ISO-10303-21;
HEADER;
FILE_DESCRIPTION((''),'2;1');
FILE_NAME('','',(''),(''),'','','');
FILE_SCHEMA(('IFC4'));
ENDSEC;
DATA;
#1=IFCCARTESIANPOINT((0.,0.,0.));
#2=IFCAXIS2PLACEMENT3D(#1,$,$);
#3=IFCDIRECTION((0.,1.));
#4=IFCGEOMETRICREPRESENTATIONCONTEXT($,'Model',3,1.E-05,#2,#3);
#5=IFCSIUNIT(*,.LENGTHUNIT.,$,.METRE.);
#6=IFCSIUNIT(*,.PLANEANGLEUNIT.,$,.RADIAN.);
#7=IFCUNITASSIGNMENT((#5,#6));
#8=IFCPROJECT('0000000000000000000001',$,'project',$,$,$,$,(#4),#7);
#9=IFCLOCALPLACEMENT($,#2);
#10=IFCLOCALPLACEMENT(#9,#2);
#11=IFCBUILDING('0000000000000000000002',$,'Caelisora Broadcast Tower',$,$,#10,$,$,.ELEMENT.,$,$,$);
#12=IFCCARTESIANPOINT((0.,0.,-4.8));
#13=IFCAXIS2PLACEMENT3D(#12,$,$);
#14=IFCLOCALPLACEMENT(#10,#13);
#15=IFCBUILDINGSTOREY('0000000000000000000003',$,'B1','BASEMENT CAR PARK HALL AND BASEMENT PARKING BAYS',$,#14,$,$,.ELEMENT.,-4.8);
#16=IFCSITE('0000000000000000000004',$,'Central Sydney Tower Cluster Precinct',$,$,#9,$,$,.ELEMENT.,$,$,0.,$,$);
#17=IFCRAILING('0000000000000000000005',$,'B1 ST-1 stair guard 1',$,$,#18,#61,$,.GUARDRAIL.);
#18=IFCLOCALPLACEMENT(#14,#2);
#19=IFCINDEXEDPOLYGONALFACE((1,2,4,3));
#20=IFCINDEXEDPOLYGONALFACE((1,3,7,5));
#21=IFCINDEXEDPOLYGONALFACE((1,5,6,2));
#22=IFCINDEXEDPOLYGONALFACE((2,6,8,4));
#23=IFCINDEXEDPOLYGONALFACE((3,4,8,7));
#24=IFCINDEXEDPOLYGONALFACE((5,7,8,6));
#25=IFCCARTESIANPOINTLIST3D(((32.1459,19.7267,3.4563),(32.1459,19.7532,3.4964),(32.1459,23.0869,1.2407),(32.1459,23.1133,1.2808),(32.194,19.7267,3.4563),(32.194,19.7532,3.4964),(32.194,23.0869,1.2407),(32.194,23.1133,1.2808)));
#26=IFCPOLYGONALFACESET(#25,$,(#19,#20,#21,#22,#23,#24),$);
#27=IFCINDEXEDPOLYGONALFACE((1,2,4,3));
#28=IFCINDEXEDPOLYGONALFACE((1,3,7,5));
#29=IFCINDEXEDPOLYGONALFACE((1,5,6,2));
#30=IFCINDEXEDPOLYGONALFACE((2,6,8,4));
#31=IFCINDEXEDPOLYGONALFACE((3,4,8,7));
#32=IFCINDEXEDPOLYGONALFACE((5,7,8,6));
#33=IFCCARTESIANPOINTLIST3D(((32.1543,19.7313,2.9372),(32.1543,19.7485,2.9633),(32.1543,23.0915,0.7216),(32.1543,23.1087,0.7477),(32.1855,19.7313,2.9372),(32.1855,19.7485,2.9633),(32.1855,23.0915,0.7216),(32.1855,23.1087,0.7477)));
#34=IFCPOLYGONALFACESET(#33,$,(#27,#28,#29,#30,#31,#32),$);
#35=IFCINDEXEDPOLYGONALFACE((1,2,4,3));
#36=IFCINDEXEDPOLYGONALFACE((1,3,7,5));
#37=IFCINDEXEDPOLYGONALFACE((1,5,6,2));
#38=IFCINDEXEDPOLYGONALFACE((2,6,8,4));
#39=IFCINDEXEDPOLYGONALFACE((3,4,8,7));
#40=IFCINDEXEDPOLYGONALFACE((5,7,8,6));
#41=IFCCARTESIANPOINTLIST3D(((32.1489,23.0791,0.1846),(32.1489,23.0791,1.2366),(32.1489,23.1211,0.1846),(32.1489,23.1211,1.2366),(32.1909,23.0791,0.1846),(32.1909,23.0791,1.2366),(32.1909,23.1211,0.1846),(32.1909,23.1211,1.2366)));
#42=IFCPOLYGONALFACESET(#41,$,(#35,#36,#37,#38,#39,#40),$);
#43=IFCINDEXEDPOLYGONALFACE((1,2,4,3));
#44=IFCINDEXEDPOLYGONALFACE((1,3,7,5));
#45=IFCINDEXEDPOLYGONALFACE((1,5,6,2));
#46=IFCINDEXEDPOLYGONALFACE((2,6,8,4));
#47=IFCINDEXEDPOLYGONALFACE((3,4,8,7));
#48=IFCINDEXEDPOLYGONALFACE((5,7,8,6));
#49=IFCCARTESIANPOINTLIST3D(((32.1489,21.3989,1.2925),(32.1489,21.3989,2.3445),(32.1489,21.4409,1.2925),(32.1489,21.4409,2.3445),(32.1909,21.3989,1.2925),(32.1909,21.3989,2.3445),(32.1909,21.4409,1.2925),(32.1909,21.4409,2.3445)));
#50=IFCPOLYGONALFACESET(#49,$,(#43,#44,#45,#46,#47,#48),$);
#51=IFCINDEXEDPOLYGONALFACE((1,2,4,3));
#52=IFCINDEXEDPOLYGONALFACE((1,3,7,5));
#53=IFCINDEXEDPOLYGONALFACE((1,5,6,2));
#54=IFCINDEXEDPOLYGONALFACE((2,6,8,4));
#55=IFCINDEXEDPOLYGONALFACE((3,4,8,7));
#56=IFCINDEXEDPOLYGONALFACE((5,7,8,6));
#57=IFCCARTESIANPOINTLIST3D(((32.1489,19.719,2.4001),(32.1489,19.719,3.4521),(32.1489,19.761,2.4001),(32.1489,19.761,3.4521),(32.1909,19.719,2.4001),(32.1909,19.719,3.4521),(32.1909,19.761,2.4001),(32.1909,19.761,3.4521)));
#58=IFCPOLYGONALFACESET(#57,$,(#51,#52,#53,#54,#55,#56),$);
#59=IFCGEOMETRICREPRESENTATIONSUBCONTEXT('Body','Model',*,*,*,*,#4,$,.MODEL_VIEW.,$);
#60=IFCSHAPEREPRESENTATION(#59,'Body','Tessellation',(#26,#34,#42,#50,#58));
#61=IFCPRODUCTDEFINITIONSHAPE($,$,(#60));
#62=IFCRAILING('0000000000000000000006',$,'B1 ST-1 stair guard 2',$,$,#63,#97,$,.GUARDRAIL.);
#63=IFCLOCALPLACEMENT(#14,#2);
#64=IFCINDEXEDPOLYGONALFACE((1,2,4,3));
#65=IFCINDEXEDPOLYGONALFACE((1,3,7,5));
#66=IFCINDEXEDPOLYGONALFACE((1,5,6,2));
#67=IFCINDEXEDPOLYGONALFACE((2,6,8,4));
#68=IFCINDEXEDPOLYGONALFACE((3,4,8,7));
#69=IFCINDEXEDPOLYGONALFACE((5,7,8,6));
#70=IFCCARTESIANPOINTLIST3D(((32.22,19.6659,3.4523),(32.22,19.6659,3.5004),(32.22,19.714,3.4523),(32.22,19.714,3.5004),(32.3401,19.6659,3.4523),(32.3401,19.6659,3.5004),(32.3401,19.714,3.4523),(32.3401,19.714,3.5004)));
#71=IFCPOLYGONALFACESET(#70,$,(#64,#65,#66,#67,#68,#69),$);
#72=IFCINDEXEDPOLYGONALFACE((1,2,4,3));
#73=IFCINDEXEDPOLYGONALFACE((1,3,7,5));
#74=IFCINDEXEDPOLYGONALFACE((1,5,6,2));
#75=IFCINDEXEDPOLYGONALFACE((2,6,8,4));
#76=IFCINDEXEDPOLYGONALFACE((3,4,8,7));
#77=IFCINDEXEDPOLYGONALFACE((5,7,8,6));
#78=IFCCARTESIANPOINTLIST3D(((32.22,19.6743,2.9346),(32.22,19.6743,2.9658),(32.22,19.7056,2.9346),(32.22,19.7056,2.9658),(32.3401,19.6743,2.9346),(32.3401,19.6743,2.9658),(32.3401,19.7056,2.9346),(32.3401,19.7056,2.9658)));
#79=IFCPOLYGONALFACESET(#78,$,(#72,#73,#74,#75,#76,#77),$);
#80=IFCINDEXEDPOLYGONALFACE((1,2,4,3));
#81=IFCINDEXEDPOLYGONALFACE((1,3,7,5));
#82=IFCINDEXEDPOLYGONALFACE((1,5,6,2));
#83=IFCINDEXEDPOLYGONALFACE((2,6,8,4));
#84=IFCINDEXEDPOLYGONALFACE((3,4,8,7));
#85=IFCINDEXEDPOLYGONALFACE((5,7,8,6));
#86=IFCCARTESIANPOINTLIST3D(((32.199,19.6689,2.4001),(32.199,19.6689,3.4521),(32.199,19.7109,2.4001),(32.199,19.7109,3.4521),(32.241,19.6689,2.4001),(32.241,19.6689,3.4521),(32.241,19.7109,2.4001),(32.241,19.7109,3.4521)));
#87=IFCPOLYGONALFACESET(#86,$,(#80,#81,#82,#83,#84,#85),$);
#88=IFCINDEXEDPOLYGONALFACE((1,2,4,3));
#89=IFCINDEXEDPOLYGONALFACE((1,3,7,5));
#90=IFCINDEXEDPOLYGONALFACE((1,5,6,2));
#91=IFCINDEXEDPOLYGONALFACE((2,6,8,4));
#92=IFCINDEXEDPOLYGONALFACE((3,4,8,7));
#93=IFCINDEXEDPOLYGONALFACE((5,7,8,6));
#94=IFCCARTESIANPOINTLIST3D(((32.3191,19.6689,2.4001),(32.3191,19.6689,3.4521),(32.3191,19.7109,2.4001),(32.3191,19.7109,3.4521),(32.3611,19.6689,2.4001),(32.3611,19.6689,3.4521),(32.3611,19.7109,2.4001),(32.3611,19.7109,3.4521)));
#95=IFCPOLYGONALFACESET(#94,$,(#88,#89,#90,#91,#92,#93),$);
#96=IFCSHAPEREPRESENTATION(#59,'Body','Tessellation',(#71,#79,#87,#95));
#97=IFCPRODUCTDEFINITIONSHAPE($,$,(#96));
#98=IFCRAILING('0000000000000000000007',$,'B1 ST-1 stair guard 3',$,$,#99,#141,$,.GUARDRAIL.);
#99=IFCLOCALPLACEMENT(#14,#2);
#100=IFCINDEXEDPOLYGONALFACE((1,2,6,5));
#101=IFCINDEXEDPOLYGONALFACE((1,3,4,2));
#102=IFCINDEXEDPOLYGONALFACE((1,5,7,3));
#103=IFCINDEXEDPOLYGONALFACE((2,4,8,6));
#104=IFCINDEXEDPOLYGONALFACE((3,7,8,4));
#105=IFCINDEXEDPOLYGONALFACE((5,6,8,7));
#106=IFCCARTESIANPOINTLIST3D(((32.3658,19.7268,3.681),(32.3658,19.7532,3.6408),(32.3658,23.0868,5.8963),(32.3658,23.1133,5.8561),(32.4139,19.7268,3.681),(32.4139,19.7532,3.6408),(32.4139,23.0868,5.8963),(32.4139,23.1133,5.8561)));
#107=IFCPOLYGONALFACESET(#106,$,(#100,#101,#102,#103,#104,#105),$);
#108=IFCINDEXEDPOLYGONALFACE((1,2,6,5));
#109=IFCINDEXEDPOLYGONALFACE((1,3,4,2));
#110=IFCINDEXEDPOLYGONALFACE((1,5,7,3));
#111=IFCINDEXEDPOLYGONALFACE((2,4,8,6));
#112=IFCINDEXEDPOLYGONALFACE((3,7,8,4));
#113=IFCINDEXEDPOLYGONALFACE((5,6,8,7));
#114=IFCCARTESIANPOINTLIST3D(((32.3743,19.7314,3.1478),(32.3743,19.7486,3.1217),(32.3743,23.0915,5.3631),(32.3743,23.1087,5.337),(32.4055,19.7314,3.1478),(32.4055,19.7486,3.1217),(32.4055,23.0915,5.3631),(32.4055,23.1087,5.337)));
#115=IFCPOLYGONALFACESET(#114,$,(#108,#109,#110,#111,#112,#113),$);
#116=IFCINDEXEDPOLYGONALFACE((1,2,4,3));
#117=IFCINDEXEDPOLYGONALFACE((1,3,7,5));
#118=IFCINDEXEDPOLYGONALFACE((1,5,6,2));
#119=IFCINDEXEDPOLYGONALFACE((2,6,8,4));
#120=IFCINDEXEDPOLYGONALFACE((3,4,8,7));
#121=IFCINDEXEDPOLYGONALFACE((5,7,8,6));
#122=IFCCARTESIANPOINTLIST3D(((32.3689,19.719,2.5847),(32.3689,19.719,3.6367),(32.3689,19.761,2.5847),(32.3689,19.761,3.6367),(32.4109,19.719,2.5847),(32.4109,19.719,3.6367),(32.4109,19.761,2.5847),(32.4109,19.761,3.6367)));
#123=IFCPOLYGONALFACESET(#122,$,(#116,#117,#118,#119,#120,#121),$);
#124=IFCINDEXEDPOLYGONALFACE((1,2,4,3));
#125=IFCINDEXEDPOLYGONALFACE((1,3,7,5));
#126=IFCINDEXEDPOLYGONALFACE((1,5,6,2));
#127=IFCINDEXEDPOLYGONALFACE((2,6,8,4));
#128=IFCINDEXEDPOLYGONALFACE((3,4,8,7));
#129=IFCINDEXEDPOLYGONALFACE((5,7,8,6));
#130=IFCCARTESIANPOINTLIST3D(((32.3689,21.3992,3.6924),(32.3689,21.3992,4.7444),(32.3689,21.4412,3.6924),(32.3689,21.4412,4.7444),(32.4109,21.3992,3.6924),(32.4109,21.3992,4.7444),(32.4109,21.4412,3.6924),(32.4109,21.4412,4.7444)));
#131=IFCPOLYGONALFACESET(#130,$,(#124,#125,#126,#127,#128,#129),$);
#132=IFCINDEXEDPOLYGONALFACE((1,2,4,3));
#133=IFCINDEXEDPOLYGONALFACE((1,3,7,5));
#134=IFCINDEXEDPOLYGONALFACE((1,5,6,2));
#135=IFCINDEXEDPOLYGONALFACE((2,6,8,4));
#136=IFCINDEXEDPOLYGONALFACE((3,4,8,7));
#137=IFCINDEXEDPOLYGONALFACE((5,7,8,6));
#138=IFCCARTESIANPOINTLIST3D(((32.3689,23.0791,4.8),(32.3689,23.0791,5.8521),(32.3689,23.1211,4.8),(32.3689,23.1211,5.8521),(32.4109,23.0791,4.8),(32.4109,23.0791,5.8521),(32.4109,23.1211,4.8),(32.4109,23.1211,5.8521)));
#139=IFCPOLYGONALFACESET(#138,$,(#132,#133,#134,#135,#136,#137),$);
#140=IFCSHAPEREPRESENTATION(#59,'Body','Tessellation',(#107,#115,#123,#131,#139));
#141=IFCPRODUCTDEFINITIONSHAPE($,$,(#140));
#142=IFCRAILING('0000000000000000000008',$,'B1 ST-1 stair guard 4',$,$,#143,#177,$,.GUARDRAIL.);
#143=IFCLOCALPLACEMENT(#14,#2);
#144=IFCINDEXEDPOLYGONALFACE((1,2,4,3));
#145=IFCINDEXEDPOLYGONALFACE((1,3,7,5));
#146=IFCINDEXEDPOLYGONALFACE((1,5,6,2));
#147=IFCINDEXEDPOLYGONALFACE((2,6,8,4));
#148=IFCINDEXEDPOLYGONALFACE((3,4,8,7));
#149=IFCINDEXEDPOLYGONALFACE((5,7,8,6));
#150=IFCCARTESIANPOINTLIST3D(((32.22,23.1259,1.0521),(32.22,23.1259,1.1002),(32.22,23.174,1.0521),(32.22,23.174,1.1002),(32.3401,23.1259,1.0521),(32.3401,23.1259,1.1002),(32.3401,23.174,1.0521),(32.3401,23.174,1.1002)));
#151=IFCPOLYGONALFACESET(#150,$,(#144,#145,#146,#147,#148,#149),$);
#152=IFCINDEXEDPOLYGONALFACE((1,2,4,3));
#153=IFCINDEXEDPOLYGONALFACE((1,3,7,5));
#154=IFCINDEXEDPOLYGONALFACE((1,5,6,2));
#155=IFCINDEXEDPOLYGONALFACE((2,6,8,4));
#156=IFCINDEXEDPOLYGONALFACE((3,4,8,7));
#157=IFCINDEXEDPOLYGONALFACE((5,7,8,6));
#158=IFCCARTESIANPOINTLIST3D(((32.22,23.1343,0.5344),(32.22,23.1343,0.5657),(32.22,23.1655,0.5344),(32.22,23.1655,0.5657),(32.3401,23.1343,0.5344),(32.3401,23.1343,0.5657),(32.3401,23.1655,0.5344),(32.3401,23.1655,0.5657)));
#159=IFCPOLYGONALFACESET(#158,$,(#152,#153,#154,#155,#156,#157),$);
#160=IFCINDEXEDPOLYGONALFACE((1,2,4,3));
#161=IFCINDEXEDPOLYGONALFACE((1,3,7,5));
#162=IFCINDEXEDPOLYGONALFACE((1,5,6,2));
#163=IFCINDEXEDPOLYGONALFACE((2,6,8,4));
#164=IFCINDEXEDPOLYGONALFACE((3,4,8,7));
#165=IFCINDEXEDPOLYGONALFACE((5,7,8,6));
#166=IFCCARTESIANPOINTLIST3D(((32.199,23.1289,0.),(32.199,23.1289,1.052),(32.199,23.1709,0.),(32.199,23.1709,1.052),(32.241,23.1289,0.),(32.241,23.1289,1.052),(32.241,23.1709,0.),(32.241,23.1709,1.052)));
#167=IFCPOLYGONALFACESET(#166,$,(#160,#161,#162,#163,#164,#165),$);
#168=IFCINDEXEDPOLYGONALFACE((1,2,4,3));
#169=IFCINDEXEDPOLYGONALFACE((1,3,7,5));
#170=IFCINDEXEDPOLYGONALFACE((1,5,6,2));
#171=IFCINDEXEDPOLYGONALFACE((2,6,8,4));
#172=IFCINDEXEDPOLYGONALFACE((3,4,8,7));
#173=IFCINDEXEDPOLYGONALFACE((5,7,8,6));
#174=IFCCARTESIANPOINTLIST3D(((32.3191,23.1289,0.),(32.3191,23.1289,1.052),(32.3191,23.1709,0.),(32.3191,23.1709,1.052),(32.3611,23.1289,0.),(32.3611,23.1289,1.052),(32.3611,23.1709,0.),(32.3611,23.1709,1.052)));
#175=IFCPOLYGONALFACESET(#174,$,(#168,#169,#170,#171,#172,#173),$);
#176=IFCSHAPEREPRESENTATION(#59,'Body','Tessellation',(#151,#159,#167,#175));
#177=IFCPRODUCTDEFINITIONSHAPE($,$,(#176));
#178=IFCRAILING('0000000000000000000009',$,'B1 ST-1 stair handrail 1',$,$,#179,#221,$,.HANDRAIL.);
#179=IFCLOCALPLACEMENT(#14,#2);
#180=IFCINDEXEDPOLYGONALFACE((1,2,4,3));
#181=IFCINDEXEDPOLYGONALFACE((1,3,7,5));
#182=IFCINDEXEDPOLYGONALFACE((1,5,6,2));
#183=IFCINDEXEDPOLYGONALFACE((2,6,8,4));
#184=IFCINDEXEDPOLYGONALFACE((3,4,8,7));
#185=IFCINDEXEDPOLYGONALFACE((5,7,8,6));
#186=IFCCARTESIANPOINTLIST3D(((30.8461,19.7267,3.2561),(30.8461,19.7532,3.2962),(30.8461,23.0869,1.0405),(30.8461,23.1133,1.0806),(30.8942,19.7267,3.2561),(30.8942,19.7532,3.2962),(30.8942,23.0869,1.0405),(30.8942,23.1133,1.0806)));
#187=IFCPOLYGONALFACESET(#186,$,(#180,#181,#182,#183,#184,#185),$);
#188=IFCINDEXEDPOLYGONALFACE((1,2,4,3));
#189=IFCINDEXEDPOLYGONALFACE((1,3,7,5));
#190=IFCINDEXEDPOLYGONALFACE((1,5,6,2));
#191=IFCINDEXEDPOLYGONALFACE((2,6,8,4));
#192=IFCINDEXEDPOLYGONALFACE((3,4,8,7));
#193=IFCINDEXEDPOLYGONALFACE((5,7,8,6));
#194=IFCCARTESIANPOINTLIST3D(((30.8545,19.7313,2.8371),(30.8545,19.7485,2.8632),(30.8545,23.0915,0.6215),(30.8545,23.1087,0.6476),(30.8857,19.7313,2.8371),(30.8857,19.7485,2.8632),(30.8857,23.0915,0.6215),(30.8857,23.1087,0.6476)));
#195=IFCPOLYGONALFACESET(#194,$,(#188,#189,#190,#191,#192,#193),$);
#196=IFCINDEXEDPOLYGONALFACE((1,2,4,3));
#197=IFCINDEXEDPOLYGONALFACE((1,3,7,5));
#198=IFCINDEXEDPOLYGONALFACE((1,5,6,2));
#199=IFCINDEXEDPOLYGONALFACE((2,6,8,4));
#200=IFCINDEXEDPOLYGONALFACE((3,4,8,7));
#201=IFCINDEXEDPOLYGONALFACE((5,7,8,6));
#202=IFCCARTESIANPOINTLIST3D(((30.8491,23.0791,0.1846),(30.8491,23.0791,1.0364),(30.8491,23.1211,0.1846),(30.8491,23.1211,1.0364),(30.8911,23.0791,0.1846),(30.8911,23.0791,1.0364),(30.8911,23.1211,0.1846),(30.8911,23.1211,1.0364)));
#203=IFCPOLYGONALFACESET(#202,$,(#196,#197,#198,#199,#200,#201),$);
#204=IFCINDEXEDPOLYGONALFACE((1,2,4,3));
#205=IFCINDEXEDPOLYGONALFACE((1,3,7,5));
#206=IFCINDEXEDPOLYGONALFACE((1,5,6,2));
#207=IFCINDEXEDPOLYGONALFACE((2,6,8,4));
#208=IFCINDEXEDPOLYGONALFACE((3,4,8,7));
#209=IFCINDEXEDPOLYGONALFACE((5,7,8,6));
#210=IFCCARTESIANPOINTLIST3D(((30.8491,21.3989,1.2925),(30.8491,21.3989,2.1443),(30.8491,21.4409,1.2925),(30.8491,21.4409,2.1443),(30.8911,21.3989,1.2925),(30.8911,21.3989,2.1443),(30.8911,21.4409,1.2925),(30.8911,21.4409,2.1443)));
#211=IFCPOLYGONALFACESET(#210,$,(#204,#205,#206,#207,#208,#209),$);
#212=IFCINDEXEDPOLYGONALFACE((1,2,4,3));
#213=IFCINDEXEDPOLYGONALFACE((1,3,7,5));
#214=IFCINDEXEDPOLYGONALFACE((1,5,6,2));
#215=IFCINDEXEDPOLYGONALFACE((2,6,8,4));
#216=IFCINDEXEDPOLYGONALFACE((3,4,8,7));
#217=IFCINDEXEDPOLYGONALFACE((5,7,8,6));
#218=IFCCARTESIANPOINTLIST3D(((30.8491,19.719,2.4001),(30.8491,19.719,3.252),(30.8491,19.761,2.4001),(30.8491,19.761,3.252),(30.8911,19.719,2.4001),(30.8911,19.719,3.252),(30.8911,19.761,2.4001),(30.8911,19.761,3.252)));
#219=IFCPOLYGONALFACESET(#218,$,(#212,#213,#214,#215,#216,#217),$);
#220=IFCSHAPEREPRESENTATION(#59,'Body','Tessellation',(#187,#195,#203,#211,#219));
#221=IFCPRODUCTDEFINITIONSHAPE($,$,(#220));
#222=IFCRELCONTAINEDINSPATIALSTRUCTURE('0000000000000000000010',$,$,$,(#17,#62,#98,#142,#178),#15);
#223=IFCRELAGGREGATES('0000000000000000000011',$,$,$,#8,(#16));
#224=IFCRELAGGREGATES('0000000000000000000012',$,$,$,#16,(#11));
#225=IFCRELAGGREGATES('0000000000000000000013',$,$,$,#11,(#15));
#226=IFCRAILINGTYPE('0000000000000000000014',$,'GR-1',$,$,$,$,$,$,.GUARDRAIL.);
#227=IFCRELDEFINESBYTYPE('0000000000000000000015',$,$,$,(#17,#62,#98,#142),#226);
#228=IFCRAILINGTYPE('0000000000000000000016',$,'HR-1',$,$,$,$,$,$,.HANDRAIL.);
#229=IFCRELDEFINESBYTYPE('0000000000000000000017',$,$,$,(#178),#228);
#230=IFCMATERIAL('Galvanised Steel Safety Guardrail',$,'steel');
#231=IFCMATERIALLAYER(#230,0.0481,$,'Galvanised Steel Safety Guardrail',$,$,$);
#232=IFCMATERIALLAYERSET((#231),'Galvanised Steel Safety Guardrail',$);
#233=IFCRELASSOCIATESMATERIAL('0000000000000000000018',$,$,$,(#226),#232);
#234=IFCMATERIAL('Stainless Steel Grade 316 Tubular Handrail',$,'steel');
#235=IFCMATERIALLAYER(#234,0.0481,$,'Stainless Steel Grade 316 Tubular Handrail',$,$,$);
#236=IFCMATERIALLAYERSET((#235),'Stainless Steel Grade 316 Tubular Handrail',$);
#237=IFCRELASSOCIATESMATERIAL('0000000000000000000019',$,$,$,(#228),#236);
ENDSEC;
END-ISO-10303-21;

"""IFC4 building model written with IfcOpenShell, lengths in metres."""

from ifc_helpers import new_model, si_unit, direction, frame, origin, origin_2d, place, context, subcontext, project, spatial, rectangle, extrude, material, layer, layer_set, type_object, element, save


model = new_model("IFC4")

# Units and contexts
model_context = context("Model", 3, precision=1e-05, world=origin(), true_north=direction((0.0, 1.0)))
body_context = subcontext(model_context, "Body", "Model", "MODEL_VIEW")
ifc_project = project(units=[si_unit("LENGTHUNIT", "METRE"), si_unit("PLANEANGLEUNIT", "RADIAN")], contexts=[model_context])

# Site, building, storey
site_placement = place(None, origin())
site = spatial("IfcSite", under=ifc_project, at=site_placement, Name="Central Sydney Tower Cluster Precinct", CompositionType="ELEMENT", RefElevation=0.0)
building_placement = place(site_placement, origin())
building = spatial("IfcBuilding", under=site, at=building_placement, Name="Caelisora Broadcast Tower", CompositionType="ELEMENT")
storey_placement = place(building_placement, frame((0.0, 0.0, -4.8)))
storey = spatial("IfcBuildingStorey", under=building, at=storey_placement, Name="B1", Description="BASEMENT CAR PARK HALL AND BASEMENT PARKING BAYS", CompositionType="ELEMENT", Elevation=-4.8)

# Railings
ifc_material_1 = material(Name="Galvanised Steel Safety Guardrail", Category="steel")
ifc_layer_1 = layer(ifc_material_1, 0.0481, Name="Galvanised Steel Safety Guardrail")
ifc_layer_set_1 = layer_set([ifc_layer_1], Name="Galvanised Steel Safety Guardrail")
railing_type_1 = type_object("IfcRailingType", Name="GR-1", PredefinedType="GUARDRAIL", material=ifc_layer_set_1)
railing_1_placement = place(storey_placement, frame((32.1699, 23.1001, 0.1846)))
element("IfcRailing", 1, at=railing_1_placement, inside=storey, type_object=railing_type_1, Name="B1 ST-1 stair guard 1", PredefinedType="GUARDRAIL", context=body_context, shape_type="SweptSolid", body=[
    extrude(rectangle(XDim=0.0481, YDim=0.0481, at=origin_2d()), frame((0.0, 0.0, 1.0762), z_axis=(0.0, -0.834849, 0.55048), x_axis=(1.0, 0.0, 0.0)), (0.0, 0.0, 1.0), 4.0249),
    extrude(rectangle(XDim=0.0312, YDim=0.0312, at=origin_2d()), frame((0.0, 0.0, 0.55), z_axis=(0.0, -0.834849, 0.55048), x_axis=(1.0, 0.0, 0.0)), (0.0, 0.0, 1.0), 4.0249),
    extrude(rectangle(XDim=0.042, YDim=0.042, at=origin_2d()), origin(), (0.0, 0.0, 1.0), 1.052),
    extrude(rectangle(XDim=0.042, YDim=0.042, at=origin_2d()), frame((0.0, -1.6802, 1.1079)), (0.0, 0.0, 1.0), 1.052),
    extrude(rectangle(XDim=0.042, YDim=0.042, at=origin_2d()), frame((0.0, -3.3601, 2.2156)), (0.0, 0.0, 1.0), 1.052),
])
railing_2_placement = place(storey_placement, frame((32.22, 19.6899, 2.4001)))
element("IfcRailing", 2, at=railing_2_placement, inside=storey, type_object=railing_type_1, Name="B1 ST-1 stair guard 2", PredefinedType="GUARDRAIL", context=body_context, shape_type="SweptSolid", body=[
    extrude(rectangle(XDim=0.0481, YDim=0.0481, at=origin_2d()), frame((0.0, 0.0, 1.0762), z_axis=(1.0, 0.0, 0.0), x_axis=(0.0, 1.0, 0.0)), (0.0, 0.0, 1.0), 0.1201),
    extrude(rectangle(XDim=0.0312, YDim=0.0312, at=origin_2d()), frame((0.0, 0.0, 0.55), z_axis=(1.0, 0.0, 0.0), x_axis=(0.0, 1.0, 0.0)), (0.0, 0.0, 1.0), 0.1201),
    extrude(rectangle(XDim=0.042, YDim=0.042, at=origin_2d()), origin(), (0.0, 0.0, 1.0), 1.052),
    extrude(rectangle(XDim=0.042, YDim=0.042, at=origin_2d()), frame((0.1201, 0.0, 0.0)), (0.0, 0.0, 1.0), 1.052),
])
railing_3_placement = place(storey_placement, frame((32.3899, 19.74, 2.5847)))
element("IfcRailing", 3, at=railing_3_placement, inside=storey, type_object=railing_type_1, Name="B1 ST-1 stair guard 3", PredefinedType="GUARDRAIL", context=body_context, shape_type="SweptSolid", body=[
    extrude(rectangle(XDim=0.0481, YDim=0.0481, at=origin_2d()), frame((0.0, 0.0, 1.0762), z_axis=(0.0, 0.834876, 0.550437), x_axis=(-1.0, 0.0, 0.0)), (0.0, 0.0, 1.0), 4.0247),
    extrude(rectangle(XDim=0.0312, YDim=0.0312, at=origin_2d()), frame((0.0, 0.0, 0.55), z_axis=(0.0, 0.834876, 0.550437), x_axis=(-1.0, 0.0, 0.0)), (0.0, 0.0, 1.0), 4.0247),
    extrude(rectangle(XDim=0.042, YDim=0.042, at=origin_2d()), origin(), (0.0, 0.0, 1.0), 1.052),
    extrude(rectangle(XDim=0.042, YDim=0.042, at=origin_2d()), frame((0.0, 1.6802, 1.1077)), (0.0, 0.0, 1.0), 1.052),
    extrude(rectangle(XDim=0.042, YDim=0.042, at=origin_2d()), frame((0.0, 3.3601, 2.2153)), (0.0, 0.0, 1.0), 1.052),
])
railing_4_placement = place(storey_placement, frame((32.22, 23.1499, 0.0)))
element("IfcRailing", 4, at=railing_4_placement, inside=storey, type_object=railing_type_1, Name="B1 ST-1 stair guard 4", PredefinedType="GUARDRAIL", context=body_context, shape_type="SweptSolid", body=[
    extrude(rectangle(XDim=0.0481, YDim=0.0481, at=origin_2d()), frame((0.0, 0.0, 1.0762), z_axis=(1.0, 0.0, 0.0), x_axis=(0.0, 1.0, 0.0)), (0.0, 0.0, 1.0), 0.1201),
    extrude(rectangle(XDim=0.0312, YDim=0.0312, at=origin_2d()), frame((0.0, 0.0, 0.55), z_axis=(1.0, 0.0, 0.0), x_axis=(0.0, 1.0, 0.0)), (0.0, 0.0, 1.0), 0.1201),
    extrude(rectangle(XDim=0.042, YDim=0.042, at=origin_2d()), origin(), (0.0, 0.0, 1.0), 1.052),
    extrude(rectangle(XDim=0.042, YDim=0.042, at=origin_2d()), frame((0.1201, 0.0, 0.0)), (0.0, 0.0, 1.0), 1.052),
])
ifc_material_2 = material(Name="Stainless Steel Grade 316 Tubular Handrail", Category="steel")
ifc_layer_2 = layer(ifc_material_2, 0.0481, Name="Stainless Steel Grade 316 Tubular Handrail")
ifc_layer_set_2 = layer_set([ifc_layer_2], Name="Stainless Steel Grade 316 Tubular Handrail")
railing_type_2 = type_object("IfcRailingType", Name="HR-1", PredefinedType="HANDRAIL", material=ifc_layer_set_2)
railing_5_placement = place(storey_placement, frame((30.8701, 23.1001, 0.1846)))
element("IfcRailing", 5, at=railing_5_placement, inside=storey, type_object=railing_type_2, Name="B1 ST-1 stair handrail 1", PredefinedType="HANDRAIL", context=body_context, shape_type="SweptSolid", body=[
    extrude(rectangle(XDim=0.0481, YDim=0.0481, at=origin_2d()), frame((0.0, 0.0, 0.876), z_axis=(0.0, -0.834849, 0.55048), x_axis=(1.0, 0.0, 0.0)), (0.0, 0.0, 1.0), 4.0249),
    extrude(rectangle(XDim=0.0312, YDim=0.0312, at=origin_2d()), frame((0.0, 0.0, 0.45), z_axis=(0.0, -0.834849, 0.55048), x_axis=(1.0, 0.0, 0.0)), (0.0, 0.0, 1.0), 4.0249),
    extrude(rectangle(XDim=0.042, YDim=0.042, at=origin_2d()), origin(), (0.0, 0.0, 1.0), 0.8518),
    extrude(rectangle(XDim=0.042, YDim=0.042, at=origin_2d()), frame((0.0, -1.6802, 1.1079)), (0.0, 0.0, 1.0), 0.8518),
    extrude(rectangle(XDim=0.042, YDim=0.042, at=origin_2d()), frame((0.0, -3.3601, 2.2156)), (0.0, 0.0, 1.0), 0.8518),
])

save(model, "model.ifc")
